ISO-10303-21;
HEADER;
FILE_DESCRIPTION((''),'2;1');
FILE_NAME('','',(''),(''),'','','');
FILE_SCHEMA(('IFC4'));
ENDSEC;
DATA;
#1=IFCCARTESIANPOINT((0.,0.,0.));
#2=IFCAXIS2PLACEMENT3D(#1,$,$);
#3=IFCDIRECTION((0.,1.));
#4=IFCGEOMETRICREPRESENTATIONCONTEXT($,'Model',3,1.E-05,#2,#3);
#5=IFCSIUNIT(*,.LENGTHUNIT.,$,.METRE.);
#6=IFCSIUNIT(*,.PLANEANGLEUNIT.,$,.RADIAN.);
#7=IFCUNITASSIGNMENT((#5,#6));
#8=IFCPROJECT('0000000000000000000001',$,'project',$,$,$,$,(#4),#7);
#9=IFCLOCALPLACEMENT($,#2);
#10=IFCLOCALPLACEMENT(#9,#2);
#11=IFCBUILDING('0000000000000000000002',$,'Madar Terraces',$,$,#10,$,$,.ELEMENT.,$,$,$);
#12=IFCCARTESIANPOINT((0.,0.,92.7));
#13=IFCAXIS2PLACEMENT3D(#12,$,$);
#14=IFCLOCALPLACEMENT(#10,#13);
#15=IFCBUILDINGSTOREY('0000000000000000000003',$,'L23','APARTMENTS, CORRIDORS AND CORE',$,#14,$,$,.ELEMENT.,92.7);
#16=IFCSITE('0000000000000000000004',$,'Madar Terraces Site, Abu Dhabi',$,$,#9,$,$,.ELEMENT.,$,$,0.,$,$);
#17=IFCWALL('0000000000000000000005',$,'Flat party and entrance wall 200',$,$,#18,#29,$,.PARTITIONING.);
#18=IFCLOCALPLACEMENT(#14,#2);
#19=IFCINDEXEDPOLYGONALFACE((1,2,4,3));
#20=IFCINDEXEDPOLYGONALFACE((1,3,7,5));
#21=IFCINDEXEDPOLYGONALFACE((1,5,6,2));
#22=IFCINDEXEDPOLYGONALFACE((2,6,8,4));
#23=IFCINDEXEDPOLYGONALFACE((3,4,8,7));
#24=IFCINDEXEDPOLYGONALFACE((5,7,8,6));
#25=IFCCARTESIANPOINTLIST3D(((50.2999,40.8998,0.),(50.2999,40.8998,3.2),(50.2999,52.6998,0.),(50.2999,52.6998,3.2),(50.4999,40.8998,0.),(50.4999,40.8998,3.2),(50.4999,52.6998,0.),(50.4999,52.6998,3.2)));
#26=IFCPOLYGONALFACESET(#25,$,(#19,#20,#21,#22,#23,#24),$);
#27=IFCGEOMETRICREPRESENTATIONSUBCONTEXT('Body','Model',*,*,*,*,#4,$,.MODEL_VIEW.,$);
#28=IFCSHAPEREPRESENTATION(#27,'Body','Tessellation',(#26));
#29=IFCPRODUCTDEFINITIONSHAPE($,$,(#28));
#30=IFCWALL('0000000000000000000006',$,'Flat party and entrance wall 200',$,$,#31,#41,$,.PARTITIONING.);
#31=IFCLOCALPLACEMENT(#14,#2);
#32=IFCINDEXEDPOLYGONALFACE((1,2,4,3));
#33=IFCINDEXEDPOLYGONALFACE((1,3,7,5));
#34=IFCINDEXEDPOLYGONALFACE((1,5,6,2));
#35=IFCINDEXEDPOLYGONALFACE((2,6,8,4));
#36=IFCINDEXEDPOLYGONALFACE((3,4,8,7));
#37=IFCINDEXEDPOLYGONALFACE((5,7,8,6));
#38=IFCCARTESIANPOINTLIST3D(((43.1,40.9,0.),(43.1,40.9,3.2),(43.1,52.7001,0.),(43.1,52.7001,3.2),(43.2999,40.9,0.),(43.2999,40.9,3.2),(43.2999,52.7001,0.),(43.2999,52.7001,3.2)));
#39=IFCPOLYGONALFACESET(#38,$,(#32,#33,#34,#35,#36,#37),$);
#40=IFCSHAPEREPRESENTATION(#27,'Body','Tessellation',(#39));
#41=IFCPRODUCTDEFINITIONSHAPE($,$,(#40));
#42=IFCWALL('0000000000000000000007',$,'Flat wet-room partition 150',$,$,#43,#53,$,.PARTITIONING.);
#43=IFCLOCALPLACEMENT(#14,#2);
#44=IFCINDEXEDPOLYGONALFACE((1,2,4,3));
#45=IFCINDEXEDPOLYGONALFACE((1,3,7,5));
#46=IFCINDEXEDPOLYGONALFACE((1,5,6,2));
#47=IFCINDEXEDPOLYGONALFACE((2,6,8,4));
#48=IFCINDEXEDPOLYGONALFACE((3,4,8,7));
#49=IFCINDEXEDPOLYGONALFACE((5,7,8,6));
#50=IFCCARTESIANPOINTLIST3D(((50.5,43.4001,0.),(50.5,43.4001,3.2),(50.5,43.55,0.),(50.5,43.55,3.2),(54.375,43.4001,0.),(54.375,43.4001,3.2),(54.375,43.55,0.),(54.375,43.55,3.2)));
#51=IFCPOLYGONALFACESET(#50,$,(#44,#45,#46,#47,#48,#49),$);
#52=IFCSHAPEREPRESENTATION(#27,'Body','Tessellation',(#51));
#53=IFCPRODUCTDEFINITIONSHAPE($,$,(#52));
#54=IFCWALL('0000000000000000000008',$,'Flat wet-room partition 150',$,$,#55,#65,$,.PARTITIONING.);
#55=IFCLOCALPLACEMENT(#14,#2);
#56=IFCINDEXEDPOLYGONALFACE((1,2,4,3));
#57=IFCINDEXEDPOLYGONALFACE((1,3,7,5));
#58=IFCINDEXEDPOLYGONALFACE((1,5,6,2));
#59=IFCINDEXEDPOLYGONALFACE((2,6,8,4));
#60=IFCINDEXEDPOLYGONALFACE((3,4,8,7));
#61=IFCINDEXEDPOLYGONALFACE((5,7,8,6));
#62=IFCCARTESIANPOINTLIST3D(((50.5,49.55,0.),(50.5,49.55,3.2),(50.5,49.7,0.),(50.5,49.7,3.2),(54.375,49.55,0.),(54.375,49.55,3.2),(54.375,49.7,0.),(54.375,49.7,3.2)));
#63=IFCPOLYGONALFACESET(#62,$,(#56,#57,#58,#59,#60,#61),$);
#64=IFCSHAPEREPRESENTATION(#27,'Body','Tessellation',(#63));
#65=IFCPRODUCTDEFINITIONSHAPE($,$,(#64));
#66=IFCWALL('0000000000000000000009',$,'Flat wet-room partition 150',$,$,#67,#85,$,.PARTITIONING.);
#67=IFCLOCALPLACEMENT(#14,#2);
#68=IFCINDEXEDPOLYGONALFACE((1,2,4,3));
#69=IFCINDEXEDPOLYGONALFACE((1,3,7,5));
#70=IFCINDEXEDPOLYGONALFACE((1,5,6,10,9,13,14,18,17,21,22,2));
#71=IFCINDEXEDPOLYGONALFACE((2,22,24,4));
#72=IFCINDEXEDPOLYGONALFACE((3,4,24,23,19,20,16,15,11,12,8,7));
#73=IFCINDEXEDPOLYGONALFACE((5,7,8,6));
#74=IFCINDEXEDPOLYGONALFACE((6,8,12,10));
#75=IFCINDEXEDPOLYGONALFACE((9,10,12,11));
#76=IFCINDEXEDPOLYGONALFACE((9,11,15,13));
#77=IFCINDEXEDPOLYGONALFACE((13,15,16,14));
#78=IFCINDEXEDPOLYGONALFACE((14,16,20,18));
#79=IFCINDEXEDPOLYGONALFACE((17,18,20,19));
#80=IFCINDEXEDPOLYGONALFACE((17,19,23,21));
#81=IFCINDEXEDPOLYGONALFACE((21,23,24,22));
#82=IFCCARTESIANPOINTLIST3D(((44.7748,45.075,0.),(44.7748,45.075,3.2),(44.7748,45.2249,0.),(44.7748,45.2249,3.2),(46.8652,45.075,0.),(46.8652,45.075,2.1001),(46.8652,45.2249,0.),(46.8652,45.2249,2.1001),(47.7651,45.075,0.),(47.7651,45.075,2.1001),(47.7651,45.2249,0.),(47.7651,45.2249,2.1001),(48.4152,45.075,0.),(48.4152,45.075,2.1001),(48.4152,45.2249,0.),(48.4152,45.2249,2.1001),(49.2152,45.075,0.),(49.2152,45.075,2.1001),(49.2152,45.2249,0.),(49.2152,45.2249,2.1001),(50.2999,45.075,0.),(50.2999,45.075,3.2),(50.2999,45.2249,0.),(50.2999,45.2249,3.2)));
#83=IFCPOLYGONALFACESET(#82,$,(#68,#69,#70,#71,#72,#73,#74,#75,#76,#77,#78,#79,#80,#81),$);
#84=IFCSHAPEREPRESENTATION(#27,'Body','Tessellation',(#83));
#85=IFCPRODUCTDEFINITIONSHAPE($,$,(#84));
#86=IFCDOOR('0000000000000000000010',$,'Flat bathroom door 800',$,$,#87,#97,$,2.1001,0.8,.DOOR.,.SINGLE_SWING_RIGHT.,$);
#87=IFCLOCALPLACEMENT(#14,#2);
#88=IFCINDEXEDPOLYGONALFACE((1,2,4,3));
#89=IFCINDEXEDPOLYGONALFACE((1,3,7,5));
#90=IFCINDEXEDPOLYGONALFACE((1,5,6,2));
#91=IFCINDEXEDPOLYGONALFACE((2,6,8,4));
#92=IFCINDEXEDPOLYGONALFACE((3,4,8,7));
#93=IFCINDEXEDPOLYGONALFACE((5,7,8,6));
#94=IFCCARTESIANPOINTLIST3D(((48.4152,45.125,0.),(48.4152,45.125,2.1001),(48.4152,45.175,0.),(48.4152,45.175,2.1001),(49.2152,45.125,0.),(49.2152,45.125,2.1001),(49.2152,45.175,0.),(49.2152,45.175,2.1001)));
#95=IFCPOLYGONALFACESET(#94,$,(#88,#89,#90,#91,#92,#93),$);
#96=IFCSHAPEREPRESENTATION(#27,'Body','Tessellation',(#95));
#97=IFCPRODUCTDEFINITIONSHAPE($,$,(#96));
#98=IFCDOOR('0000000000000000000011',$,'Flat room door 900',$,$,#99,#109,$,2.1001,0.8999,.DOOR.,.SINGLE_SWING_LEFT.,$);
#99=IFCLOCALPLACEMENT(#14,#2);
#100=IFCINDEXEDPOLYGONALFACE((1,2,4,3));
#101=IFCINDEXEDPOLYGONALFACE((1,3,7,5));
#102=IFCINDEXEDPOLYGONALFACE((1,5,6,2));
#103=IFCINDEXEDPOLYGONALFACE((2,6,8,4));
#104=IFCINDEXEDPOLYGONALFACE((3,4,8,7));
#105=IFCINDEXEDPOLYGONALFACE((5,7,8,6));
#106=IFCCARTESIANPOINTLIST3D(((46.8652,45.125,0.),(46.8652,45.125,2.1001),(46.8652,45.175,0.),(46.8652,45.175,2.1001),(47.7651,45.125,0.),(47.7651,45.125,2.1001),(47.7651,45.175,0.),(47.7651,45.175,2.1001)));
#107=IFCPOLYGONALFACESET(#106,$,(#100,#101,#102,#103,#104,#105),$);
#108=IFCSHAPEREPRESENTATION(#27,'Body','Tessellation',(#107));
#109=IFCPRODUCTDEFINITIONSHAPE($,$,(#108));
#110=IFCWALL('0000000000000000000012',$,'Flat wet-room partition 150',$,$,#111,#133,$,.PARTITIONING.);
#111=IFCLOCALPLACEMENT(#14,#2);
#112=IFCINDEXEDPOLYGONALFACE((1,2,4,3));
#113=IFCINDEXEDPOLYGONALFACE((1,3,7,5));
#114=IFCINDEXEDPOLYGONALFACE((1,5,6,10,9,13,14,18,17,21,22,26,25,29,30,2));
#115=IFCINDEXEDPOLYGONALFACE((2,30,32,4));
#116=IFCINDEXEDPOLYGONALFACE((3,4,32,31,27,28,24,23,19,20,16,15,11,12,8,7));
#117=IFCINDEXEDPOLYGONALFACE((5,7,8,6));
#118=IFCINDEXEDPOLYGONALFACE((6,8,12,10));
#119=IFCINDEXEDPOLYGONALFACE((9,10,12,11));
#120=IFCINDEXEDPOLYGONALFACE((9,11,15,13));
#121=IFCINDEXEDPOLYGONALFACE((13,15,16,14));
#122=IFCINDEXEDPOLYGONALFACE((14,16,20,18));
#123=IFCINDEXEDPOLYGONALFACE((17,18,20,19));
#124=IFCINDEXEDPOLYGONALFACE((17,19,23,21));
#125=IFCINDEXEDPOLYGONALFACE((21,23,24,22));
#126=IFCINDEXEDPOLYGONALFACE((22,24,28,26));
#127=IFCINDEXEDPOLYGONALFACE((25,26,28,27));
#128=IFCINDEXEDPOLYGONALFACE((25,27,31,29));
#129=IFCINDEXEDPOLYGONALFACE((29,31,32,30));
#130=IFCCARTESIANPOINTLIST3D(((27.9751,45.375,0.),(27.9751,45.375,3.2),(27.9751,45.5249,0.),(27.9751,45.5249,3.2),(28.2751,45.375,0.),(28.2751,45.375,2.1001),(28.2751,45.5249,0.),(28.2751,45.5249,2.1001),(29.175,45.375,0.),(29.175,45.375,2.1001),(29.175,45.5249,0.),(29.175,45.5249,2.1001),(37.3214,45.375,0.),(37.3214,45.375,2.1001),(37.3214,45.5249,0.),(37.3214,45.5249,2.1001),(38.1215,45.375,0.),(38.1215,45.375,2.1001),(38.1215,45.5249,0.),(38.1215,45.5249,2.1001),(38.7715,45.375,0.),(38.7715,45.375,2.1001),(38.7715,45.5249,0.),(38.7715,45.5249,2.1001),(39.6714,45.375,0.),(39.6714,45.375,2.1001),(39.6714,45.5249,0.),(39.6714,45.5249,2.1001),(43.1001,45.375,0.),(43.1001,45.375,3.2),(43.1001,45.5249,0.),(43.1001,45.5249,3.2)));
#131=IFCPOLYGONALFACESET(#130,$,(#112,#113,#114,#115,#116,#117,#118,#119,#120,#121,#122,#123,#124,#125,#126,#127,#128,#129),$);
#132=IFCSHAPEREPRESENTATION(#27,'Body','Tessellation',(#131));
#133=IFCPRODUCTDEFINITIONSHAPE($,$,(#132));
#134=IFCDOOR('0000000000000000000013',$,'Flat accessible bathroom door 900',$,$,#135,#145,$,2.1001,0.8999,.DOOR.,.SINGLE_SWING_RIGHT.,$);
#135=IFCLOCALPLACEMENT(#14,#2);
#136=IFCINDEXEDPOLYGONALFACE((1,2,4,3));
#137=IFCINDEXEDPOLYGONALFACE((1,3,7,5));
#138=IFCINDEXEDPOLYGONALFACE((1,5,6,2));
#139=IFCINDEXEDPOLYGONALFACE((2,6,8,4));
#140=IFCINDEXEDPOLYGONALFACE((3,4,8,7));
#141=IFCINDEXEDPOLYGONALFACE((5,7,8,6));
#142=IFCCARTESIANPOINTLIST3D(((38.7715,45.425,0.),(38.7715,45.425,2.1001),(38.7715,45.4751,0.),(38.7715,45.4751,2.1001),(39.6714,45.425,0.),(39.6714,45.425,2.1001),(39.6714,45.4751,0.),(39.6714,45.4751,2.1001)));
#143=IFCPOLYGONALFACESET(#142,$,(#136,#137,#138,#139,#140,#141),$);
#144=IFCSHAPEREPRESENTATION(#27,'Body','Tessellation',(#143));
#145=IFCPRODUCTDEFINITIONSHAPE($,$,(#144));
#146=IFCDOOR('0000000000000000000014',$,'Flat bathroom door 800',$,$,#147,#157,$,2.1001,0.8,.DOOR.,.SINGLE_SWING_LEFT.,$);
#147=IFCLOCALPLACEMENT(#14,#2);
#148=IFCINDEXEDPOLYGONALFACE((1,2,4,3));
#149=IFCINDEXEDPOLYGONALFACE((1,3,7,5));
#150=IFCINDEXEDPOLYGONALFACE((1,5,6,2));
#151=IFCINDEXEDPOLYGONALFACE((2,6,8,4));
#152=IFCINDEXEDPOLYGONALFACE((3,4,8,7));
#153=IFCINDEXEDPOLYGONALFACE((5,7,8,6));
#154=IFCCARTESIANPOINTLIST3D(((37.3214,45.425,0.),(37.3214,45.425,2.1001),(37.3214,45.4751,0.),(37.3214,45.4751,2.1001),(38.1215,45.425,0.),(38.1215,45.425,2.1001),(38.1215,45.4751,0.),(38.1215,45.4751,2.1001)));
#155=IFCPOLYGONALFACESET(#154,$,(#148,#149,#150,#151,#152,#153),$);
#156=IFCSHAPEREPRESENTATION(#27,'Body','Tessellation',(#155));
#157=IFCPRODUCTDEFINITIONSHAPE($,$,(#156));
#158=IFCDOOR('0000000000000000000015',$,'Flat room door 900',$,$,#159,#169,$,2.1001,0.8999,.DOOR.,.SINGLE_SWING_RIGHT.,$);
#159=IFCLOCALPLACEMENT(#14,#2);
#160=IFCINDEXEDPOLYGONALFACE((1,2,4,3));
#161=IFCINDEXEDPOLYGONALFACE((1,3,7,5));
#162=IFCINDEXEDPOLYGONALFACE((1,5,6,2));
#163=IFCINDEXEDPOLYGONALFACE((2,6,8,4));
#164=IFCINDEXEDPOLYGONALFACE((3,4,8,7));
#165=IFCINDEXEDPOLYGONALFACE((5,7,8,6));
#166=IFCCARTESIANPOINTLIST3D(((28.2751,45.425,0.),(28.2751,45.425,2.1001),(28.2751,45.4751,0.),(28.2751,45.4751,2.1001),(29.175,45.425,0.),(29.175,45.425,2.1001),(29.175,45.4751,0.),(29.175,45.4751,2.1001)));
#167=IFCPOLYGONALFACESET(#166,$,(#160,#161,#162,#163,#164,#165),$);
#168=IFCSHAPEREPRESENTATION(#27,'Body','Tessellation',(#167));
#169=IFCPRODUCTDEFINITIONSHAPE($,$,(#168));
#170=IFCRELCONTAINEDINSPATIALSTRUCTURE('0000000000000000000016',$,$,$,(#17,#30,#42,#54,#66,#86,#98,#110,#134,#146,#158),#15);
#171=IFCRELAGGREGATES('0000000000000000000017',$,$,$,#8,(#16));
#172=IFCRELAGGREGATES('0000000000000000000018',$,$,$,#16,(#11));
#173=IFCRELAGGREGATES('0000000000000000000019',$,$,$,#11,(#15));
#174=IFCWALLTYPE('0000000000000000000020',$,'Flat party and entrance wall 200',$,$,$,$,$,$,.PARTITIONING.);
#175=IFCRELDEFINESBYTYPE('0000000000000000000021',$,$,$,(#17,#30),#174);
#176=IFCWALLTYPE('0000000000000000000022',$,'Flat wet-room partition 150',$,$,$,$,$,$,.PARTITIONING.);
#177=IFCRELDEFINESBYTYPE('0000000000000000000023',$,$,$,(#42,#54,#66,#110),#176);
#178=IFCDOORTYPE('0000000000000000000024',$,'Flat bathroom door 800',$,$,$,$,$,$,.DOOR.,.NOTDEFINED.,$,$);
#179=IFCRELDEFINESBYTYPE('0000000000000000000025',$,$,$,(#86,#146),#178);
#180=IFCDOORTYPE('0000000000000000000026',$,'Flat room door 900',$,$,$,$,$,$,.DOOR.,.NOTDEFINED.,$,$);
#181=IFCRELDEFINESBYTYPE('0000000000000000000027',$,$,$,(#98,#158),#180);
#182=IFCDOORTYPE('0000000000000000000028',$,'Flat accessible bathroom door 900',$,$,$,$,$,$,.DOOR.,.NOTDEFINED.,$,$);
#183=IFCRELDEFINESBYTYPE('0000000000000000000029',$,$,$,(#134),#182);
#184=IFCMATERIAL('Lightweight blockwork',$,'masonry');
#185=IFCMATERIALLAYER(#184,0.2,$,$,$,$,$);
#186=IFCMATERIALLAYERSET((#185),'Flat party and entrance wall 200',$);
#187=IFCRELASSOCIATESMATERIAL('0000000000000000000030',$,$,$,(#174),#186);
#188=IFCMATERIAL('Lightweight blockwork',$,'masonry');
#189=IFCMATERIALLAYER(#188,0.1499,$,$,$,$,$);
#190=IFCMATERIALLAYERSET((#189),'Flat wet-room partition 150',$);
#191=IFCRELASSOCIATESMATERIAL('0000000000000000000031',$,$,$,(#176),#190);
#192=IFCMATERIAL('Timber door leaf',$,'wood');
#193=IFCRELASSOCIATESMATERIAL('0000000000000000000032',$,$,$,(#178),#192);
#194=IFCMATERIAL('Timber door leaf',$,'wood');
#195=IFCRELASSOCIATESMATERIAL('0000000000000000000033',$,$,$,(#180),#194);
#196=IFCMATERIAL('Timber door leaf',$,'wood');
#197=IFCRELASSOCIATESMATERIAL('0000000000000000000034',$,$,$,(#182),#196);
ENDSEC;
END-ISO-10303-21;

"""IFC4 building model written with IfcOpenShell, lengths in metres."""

from ifc_helpers import new_model, si_unit, direction, frame, frame_2d, origin, place, context, subcontext, project, spatial, rectangle, extrude, material, layer, layer_set, type_object, element, fill, save


model = new_model("IFC4")

# Units and contexts
model_context = context("Model", 3, precision=1e-05, world=origin(), true_north=direction((0.0, 1.0)))
body_context = subcontext(model_context, "Body", "Model", "MODEL_VIEW")
ifc_project = project(units=[si_unit("LENGTHUNIT", "METRE"), si_unit("PLANEANGLEUNIT", "RADIAN")], contexts=[model_context])

# Site, building, storey
site_placement = place(None, origin())
site = spatial("IfcSite", under=ifc_project, at=site_placement, Name="Madar Terraces Site, Abu Dhabi", CompositionType="ELEMENT", RefElevation=0.0)
building_placement = place(site_placement, origin())
building = spatial("IfcBuilding", under=site, at=building_placement, Name="Madar Terraces", CompositionType="ELEMENT")
storey_placement = place(building_placement, frame((0.0, 0.0, 92.7)))
storey = spatial("IfcBuildingStorey", under=building, at=storey_placement, Name="L23", Description="APARTMENTS, CORRIDORS AND CORE", CompositionType="ELEMENT", Elevation=92.7)

# Walls
ifc_material_1 = material(Name="Lightweight blockwork", Category="masonry")
ifc_layer_1 = layer(ifc_material_1, 0.2)
ifc_layer_set_1 = layer_set([ifc_layer_1], Name="Flat party and entrance wall 200")
wall_type_1 = type_object("IfcWallType", Name="Flat party and entrance wall 200", PredefinedType="PARTITIONING", material=ifc_layer_set_1)
for number, where, z_axis, x_axis, name in (
    (1, (50.3999, 40.8999, 0.0), (0.0, 0.0, 1.0), (0.0, 1.0, 0.0), "Flat party and entrance wall 200"),
    (2, (43.2, 52.7, 0.0), (0.0, 0.0, 1.0), (0.0, -1.0, 0.0), "Flat party and entrance wall 200"),
):
    element("IfcWall", number, at=place(storey_placement, frame(where, z_axis=z_axis, x_axis=x_axis)), inside=storey, type_object=wall_type_1, Name=name, PredefinedType="PARTITIONING", context=body_context, shape_type="SweptSolid", body=[
        extrude(rectangle(XDim=11.8, YDim=0.2, at=frame_2d((5.8999, 0.0))), origin(), (0.0, 0.0, 1.0), 3.2),
    ])
ifc_material_2 = material(Name="Lightweight blockwork", Category="masonry")
ifc_layer_2 = layer(ifc_material_2, 0.1499)
ifc_layer_set_2 = layer_set([ifc_layer_2], Name="Flat wet-room partition 150")
wall_type_2 = type_object("IfcWallType", Name="Flat wet-room partition 150", PredefinedType="PARTITIONING", material=ifc_layer_set_2)
for number, where, z_axis, x_axis, name in (
    (3, (50.5, 43.4751, 0.0), (0.0, 0.0, 1.0), (1.0, 0.0, 0.0), "Flat wet-room partition 150"),
    (4, (50.5, 49.625, 0.0), (0.0, 0.0, 1.0), (1.0, 0.0, 0.0), "Flat wet-room partition 150"),
):
    element("IfcWall", number, at=place(storey_placement, frame(where, z_axis=z_axis, x_axis=x_axis)), inside=storey, type_object=wall_type_2, Name=name, PredefinedType="PARTITIONING", context=body_context, shape_type="SweptSolid", body=[
        extrude(rectangle(XDim=3.875, YDim=0.1499, at=frame_2d((1.9375, 0.0))), origin(), (0.0, 0.0, 1.0), 3.2),
    ])

# Walls, openings, doors
wall_1_placement = place(storey_placement, frame((50.3, 45.1499, 0.0), z_axis=(0.0, 0.0, 1.0), x_axis=(-1.0, 0.0, 0.0)))
wall_1 = element("IfcWall", 5, at=wall_1_placement, inside=storey, type_object=wall_type_2, Name="Flat wet-room partition 150", PredefinedType="PARTITIONING", context=body_context, shape_type="SweptSolid", body=[
    extrude(rectangle(XDim=5.5251, YDim=0.1499, at=frame_2d((2.7627, 0.0))), origin(), (0.0, 0.0, 1.0), 3.2),
])
opening_1_placement = place(wall_1_placement, frame((2.5349, 0.0, 0.0)))
opening_1 = element("IfcOpeningElement", 6, at=opening_1_placement, cuts=wall_1, PredefinedType="OPENING", context=body_context, shape_type="SweptSolid", body=[
    extrude(rectangle(XDim=0.8999, YDim=2.1001, at=frame_2d((0.45, 1.05))), frame((0.0, 0.085, 0.0), z_axis=(0.0, -1.0, 0.0), x_axis=(1.0, 0.0, 0.0)), (0.0, 0.0, 1.0), 0.1699),
])
opening_2_placement = place(wall_1_placement, frame((1.085, 0.0, 0.0)))
opening_2 = element("IfcOpeningElement", 7, at=opening_2_placement, cuts=wall_1, PredefinedType="OPENING", context=body_context, shape_type="SweptSolid", body=[
    extrude(rectangle(XDim=0.8, YDim=2.1001, at=frame_2d((0.3999, 1.05))), frame((0.0, 0.085, 0.0), z_axis=(0.0, -1.0, 0.0), x_axis=(1.0, 0.0, 0.0)), (0.0, 0.0, 1.0), 0.1699),
])
ifc_material_3 = material(Name="Timber door leaf", Category="wood")
door_type_1 = type_object("IfcDoorType", Name="Flat bathroom door 800", OperationType="NOTDEFINED", PredefinedType="DOOR", material=ifc_material_3)
door_1_placement = place(opening_2_placement, origin())
door_1 = element("IfcDoor", 8, at=door_1_placement, inside=storey, type_object=door_type_1, Name="Flat bathroom door 800", OperationType="SINGLE_SWING_RIGHT", OverallHeight=2.1001, OverallWidth=0.8, PredefinedType="DOOR", context=body_context, shape_type="SweptSolid", body=[
    extrude(rectangle(XDim=0.8, YDim=2.1001, at=frame_2d((0.3999, 1.05))), frame((0.0, 0.0249, 0.0), z_axis=(0.0, -1.0, 0.0), x_axis=(1.0, 0.0, 0.0)), (0.0, 0.0, 1.0), 0.05),
])
fill(opening_2, door_1)
ifc_material_4 = material(Name="Timber door leaf", Category="wood")
door_type_2 = type_object("IfcDoorType", Name="Flat room door 900", OperationType="NOTDEFINED", PredefinedType="DOOR", material=ifc_material_4)
door_2_placement = place(opening_1_placement, origin())
door_2 = element("IfcDoor", 9, at=door_2_placement, inside=storey, type_object=door_type_2, Name="Flat room door 900", OperationType="SINGLE_SWING_LEFT", OverallHeight=2.1001, OverallWidth=0.8999, PredefinedType="DOOR", context=body_context, shape_type="SweptSolid", body=[
    extrude(rectangle(XDim=0.8999, YDim=2.1001, at=frame_2d((0.45, 1.05))), frame((0.0, 0.0249, 0.0), z_axis=(0.0, -1.0, 0.0), x_axis=(1.0, 0.0, 0.0)), (0.0, 0.0, 1.0), 0.05),
])
fill(opening_1, door_2)
wall_2_placement = place(storey_placement, frame((43.1001, 45.45, 0.0), z_axis=(0.0, 0.0, 1.0), x_axis=(-1.0, 0.0, 0.0)))
wall_2 = element("IfcWall", 10, at=wall_2_placement, inside=storey, type_object=wall_type_2, Name="Flat wet-room partition 150", PredefinedType="PARTITIONING", context=body_context, shape_type="SweptSolid", body=[
    extrude(rectangle(XDim=15.125, YDim=0.1499, at=frame_2d((7.5625, 0.0))), origin(), (0.0, 0.0, 1.0), 3.2),
])
opening_3_placement = place(wall_2_placement, frame((13.925, 0.0, 0.0)))
opening_3 = element("IfcOpeningElement", 11, at=opening_3_placement, cuts=wall_2, PredefinedType="OPENING", context=body_context, shape_type="SweptSolid", body=[
    extrude(rectangle(XDim=0.8999, YDim=2.1001, at=frame_2d((0.45, 1.05))), frame((0.0, 0.085, 0.0), z_axis=(0.0, -1.0, 0.0), x_axis=(1.0, 0.0, 0.0)), (0.0, 0.0, 1.0), 0.1699),
])
opening_4_placement = place(wall_2_placement, frame((4.9788, 0.0, 0.0)))
opening_4 = element("IfcOpeningElement", 12, at=opening_4_placement, cuts=wall_2, PredefinedType="OPENING", context=body_context, shape_type="SweptSolid", body=[
    extrude(rectangle(XDim=0.8, YDim=2.1001, at=frame_2d((0.3999, 1.05))), frame((0.0, 0.085, 0.0), z_axis=(0.0, -1.0, 0.0), x_axis=(1.0, 0.0, 0.0)), (0.0, 0.0, 1.0), 0.1699),
])
opening_5_placement = place(wall_2_placement, frame((3.4287, 0.0, 0.0)))
opening_5 = element("IfcOpeningElement", 13, at=opening_5_placement, cuts=wall_2, PredefinedType="OPENING", context=body_context, shape_type="SweptSolid", body=[
    extrude(rectangle(XDim=0.8999, YDim=2.1001, at=frame_2d((0.45, 1.05))), frame((0.0, 0.085, 0.0), z_axis=(0.0, -1.0, 0.0), x_axis=(1.0, 0.0, 0.0)), (0.0, 0.0, 1.0), 0.1699),
])
ifc_material_5 = material(Name="Timber door leaf", Category="wood")
door_type_3 = type_object("IfcDoorType", Name="Flat accessible bathroom door 900", OperationType="NOTDEFINED", PredefinedType="DOOR", material=ifc_material_5)
door_3_placement = place(opening_5_placement, origin())
door_3 = element("IfcDoor", 14, at=door_3_placement, inside=storey, type_object=door_type_3, Name="Flat accessible bathroom door 900", OperationType="SINGLE_SWING_RIGHT", OverallHeight=2.1001, OverallWidth=0.8999, PredefinedType="DOOR", context=body_context, shape_type="SweptSolid", body=[
    extrude(rectangle(XDim=0.8999, YDim=2.1001, at=frame_2d((0.45, 1.05))), frame((0.0, 0.0249, 0.0), z_axis=(0.0, -1.0, 0.0), x_axis=(1.0, 0.0, 0.0)), (0.0, 0.0, 1.0), 0.05),
])
fill(opening_5, door_3)
door_4_placement = place(opening_4_placement, origin())
door_4 = element("IfcDoor", 15, at=door_4_placement, inside=storey, type_object=door_type_1, Name="Flat bathroom door 800", OperationType="SINGLE_SWING_LEFT", OverallHeight=2.1001, OverallWidth=0.8, PredefinedType="DOOR", context=body_context, shape_type="SweptSolid", body=[
    extrude(rectangle(XDim=0.8, YDim=2.1001, at=frame_2d((0.3999, 1.05))), frame((0.0, 0.0249, 0.0), z_axis=(0.0, -1.0, 0.0), x_axis=(1.0, 0.0, 0.0)), (0.0, 0.0, 1.0), 0.05),
])
fill(opening_4, door_4)
door_5_placement = place(opening_3_placement, origin())
door_5 = element("IfcDoor", 16, at=door_5_placement, inside=storey, type_object=door_type_2, Name="Flat room door 900", OperationType="SINGLE_SWING_RIGHT", OverallHeight=2.1001, OverallWidth=0.8999, PredefinedType="DOOR", context=body_context, shape_type="SweptSolid", body=[
    extrude(rectangle(XDim=0.8999, YDim=2.1001, at=frame_2d((0.45, 1.05))), frame((0.0, 0.0249, 0.0), z_axis=(0.0, -1.0, 0.0), x_axis=(1.0, 0.0, 0.0)), (0.0, 0.0, 1.0), 0.05),
])
fill(opening_3, door_5)

save(model, "model.ifc")
